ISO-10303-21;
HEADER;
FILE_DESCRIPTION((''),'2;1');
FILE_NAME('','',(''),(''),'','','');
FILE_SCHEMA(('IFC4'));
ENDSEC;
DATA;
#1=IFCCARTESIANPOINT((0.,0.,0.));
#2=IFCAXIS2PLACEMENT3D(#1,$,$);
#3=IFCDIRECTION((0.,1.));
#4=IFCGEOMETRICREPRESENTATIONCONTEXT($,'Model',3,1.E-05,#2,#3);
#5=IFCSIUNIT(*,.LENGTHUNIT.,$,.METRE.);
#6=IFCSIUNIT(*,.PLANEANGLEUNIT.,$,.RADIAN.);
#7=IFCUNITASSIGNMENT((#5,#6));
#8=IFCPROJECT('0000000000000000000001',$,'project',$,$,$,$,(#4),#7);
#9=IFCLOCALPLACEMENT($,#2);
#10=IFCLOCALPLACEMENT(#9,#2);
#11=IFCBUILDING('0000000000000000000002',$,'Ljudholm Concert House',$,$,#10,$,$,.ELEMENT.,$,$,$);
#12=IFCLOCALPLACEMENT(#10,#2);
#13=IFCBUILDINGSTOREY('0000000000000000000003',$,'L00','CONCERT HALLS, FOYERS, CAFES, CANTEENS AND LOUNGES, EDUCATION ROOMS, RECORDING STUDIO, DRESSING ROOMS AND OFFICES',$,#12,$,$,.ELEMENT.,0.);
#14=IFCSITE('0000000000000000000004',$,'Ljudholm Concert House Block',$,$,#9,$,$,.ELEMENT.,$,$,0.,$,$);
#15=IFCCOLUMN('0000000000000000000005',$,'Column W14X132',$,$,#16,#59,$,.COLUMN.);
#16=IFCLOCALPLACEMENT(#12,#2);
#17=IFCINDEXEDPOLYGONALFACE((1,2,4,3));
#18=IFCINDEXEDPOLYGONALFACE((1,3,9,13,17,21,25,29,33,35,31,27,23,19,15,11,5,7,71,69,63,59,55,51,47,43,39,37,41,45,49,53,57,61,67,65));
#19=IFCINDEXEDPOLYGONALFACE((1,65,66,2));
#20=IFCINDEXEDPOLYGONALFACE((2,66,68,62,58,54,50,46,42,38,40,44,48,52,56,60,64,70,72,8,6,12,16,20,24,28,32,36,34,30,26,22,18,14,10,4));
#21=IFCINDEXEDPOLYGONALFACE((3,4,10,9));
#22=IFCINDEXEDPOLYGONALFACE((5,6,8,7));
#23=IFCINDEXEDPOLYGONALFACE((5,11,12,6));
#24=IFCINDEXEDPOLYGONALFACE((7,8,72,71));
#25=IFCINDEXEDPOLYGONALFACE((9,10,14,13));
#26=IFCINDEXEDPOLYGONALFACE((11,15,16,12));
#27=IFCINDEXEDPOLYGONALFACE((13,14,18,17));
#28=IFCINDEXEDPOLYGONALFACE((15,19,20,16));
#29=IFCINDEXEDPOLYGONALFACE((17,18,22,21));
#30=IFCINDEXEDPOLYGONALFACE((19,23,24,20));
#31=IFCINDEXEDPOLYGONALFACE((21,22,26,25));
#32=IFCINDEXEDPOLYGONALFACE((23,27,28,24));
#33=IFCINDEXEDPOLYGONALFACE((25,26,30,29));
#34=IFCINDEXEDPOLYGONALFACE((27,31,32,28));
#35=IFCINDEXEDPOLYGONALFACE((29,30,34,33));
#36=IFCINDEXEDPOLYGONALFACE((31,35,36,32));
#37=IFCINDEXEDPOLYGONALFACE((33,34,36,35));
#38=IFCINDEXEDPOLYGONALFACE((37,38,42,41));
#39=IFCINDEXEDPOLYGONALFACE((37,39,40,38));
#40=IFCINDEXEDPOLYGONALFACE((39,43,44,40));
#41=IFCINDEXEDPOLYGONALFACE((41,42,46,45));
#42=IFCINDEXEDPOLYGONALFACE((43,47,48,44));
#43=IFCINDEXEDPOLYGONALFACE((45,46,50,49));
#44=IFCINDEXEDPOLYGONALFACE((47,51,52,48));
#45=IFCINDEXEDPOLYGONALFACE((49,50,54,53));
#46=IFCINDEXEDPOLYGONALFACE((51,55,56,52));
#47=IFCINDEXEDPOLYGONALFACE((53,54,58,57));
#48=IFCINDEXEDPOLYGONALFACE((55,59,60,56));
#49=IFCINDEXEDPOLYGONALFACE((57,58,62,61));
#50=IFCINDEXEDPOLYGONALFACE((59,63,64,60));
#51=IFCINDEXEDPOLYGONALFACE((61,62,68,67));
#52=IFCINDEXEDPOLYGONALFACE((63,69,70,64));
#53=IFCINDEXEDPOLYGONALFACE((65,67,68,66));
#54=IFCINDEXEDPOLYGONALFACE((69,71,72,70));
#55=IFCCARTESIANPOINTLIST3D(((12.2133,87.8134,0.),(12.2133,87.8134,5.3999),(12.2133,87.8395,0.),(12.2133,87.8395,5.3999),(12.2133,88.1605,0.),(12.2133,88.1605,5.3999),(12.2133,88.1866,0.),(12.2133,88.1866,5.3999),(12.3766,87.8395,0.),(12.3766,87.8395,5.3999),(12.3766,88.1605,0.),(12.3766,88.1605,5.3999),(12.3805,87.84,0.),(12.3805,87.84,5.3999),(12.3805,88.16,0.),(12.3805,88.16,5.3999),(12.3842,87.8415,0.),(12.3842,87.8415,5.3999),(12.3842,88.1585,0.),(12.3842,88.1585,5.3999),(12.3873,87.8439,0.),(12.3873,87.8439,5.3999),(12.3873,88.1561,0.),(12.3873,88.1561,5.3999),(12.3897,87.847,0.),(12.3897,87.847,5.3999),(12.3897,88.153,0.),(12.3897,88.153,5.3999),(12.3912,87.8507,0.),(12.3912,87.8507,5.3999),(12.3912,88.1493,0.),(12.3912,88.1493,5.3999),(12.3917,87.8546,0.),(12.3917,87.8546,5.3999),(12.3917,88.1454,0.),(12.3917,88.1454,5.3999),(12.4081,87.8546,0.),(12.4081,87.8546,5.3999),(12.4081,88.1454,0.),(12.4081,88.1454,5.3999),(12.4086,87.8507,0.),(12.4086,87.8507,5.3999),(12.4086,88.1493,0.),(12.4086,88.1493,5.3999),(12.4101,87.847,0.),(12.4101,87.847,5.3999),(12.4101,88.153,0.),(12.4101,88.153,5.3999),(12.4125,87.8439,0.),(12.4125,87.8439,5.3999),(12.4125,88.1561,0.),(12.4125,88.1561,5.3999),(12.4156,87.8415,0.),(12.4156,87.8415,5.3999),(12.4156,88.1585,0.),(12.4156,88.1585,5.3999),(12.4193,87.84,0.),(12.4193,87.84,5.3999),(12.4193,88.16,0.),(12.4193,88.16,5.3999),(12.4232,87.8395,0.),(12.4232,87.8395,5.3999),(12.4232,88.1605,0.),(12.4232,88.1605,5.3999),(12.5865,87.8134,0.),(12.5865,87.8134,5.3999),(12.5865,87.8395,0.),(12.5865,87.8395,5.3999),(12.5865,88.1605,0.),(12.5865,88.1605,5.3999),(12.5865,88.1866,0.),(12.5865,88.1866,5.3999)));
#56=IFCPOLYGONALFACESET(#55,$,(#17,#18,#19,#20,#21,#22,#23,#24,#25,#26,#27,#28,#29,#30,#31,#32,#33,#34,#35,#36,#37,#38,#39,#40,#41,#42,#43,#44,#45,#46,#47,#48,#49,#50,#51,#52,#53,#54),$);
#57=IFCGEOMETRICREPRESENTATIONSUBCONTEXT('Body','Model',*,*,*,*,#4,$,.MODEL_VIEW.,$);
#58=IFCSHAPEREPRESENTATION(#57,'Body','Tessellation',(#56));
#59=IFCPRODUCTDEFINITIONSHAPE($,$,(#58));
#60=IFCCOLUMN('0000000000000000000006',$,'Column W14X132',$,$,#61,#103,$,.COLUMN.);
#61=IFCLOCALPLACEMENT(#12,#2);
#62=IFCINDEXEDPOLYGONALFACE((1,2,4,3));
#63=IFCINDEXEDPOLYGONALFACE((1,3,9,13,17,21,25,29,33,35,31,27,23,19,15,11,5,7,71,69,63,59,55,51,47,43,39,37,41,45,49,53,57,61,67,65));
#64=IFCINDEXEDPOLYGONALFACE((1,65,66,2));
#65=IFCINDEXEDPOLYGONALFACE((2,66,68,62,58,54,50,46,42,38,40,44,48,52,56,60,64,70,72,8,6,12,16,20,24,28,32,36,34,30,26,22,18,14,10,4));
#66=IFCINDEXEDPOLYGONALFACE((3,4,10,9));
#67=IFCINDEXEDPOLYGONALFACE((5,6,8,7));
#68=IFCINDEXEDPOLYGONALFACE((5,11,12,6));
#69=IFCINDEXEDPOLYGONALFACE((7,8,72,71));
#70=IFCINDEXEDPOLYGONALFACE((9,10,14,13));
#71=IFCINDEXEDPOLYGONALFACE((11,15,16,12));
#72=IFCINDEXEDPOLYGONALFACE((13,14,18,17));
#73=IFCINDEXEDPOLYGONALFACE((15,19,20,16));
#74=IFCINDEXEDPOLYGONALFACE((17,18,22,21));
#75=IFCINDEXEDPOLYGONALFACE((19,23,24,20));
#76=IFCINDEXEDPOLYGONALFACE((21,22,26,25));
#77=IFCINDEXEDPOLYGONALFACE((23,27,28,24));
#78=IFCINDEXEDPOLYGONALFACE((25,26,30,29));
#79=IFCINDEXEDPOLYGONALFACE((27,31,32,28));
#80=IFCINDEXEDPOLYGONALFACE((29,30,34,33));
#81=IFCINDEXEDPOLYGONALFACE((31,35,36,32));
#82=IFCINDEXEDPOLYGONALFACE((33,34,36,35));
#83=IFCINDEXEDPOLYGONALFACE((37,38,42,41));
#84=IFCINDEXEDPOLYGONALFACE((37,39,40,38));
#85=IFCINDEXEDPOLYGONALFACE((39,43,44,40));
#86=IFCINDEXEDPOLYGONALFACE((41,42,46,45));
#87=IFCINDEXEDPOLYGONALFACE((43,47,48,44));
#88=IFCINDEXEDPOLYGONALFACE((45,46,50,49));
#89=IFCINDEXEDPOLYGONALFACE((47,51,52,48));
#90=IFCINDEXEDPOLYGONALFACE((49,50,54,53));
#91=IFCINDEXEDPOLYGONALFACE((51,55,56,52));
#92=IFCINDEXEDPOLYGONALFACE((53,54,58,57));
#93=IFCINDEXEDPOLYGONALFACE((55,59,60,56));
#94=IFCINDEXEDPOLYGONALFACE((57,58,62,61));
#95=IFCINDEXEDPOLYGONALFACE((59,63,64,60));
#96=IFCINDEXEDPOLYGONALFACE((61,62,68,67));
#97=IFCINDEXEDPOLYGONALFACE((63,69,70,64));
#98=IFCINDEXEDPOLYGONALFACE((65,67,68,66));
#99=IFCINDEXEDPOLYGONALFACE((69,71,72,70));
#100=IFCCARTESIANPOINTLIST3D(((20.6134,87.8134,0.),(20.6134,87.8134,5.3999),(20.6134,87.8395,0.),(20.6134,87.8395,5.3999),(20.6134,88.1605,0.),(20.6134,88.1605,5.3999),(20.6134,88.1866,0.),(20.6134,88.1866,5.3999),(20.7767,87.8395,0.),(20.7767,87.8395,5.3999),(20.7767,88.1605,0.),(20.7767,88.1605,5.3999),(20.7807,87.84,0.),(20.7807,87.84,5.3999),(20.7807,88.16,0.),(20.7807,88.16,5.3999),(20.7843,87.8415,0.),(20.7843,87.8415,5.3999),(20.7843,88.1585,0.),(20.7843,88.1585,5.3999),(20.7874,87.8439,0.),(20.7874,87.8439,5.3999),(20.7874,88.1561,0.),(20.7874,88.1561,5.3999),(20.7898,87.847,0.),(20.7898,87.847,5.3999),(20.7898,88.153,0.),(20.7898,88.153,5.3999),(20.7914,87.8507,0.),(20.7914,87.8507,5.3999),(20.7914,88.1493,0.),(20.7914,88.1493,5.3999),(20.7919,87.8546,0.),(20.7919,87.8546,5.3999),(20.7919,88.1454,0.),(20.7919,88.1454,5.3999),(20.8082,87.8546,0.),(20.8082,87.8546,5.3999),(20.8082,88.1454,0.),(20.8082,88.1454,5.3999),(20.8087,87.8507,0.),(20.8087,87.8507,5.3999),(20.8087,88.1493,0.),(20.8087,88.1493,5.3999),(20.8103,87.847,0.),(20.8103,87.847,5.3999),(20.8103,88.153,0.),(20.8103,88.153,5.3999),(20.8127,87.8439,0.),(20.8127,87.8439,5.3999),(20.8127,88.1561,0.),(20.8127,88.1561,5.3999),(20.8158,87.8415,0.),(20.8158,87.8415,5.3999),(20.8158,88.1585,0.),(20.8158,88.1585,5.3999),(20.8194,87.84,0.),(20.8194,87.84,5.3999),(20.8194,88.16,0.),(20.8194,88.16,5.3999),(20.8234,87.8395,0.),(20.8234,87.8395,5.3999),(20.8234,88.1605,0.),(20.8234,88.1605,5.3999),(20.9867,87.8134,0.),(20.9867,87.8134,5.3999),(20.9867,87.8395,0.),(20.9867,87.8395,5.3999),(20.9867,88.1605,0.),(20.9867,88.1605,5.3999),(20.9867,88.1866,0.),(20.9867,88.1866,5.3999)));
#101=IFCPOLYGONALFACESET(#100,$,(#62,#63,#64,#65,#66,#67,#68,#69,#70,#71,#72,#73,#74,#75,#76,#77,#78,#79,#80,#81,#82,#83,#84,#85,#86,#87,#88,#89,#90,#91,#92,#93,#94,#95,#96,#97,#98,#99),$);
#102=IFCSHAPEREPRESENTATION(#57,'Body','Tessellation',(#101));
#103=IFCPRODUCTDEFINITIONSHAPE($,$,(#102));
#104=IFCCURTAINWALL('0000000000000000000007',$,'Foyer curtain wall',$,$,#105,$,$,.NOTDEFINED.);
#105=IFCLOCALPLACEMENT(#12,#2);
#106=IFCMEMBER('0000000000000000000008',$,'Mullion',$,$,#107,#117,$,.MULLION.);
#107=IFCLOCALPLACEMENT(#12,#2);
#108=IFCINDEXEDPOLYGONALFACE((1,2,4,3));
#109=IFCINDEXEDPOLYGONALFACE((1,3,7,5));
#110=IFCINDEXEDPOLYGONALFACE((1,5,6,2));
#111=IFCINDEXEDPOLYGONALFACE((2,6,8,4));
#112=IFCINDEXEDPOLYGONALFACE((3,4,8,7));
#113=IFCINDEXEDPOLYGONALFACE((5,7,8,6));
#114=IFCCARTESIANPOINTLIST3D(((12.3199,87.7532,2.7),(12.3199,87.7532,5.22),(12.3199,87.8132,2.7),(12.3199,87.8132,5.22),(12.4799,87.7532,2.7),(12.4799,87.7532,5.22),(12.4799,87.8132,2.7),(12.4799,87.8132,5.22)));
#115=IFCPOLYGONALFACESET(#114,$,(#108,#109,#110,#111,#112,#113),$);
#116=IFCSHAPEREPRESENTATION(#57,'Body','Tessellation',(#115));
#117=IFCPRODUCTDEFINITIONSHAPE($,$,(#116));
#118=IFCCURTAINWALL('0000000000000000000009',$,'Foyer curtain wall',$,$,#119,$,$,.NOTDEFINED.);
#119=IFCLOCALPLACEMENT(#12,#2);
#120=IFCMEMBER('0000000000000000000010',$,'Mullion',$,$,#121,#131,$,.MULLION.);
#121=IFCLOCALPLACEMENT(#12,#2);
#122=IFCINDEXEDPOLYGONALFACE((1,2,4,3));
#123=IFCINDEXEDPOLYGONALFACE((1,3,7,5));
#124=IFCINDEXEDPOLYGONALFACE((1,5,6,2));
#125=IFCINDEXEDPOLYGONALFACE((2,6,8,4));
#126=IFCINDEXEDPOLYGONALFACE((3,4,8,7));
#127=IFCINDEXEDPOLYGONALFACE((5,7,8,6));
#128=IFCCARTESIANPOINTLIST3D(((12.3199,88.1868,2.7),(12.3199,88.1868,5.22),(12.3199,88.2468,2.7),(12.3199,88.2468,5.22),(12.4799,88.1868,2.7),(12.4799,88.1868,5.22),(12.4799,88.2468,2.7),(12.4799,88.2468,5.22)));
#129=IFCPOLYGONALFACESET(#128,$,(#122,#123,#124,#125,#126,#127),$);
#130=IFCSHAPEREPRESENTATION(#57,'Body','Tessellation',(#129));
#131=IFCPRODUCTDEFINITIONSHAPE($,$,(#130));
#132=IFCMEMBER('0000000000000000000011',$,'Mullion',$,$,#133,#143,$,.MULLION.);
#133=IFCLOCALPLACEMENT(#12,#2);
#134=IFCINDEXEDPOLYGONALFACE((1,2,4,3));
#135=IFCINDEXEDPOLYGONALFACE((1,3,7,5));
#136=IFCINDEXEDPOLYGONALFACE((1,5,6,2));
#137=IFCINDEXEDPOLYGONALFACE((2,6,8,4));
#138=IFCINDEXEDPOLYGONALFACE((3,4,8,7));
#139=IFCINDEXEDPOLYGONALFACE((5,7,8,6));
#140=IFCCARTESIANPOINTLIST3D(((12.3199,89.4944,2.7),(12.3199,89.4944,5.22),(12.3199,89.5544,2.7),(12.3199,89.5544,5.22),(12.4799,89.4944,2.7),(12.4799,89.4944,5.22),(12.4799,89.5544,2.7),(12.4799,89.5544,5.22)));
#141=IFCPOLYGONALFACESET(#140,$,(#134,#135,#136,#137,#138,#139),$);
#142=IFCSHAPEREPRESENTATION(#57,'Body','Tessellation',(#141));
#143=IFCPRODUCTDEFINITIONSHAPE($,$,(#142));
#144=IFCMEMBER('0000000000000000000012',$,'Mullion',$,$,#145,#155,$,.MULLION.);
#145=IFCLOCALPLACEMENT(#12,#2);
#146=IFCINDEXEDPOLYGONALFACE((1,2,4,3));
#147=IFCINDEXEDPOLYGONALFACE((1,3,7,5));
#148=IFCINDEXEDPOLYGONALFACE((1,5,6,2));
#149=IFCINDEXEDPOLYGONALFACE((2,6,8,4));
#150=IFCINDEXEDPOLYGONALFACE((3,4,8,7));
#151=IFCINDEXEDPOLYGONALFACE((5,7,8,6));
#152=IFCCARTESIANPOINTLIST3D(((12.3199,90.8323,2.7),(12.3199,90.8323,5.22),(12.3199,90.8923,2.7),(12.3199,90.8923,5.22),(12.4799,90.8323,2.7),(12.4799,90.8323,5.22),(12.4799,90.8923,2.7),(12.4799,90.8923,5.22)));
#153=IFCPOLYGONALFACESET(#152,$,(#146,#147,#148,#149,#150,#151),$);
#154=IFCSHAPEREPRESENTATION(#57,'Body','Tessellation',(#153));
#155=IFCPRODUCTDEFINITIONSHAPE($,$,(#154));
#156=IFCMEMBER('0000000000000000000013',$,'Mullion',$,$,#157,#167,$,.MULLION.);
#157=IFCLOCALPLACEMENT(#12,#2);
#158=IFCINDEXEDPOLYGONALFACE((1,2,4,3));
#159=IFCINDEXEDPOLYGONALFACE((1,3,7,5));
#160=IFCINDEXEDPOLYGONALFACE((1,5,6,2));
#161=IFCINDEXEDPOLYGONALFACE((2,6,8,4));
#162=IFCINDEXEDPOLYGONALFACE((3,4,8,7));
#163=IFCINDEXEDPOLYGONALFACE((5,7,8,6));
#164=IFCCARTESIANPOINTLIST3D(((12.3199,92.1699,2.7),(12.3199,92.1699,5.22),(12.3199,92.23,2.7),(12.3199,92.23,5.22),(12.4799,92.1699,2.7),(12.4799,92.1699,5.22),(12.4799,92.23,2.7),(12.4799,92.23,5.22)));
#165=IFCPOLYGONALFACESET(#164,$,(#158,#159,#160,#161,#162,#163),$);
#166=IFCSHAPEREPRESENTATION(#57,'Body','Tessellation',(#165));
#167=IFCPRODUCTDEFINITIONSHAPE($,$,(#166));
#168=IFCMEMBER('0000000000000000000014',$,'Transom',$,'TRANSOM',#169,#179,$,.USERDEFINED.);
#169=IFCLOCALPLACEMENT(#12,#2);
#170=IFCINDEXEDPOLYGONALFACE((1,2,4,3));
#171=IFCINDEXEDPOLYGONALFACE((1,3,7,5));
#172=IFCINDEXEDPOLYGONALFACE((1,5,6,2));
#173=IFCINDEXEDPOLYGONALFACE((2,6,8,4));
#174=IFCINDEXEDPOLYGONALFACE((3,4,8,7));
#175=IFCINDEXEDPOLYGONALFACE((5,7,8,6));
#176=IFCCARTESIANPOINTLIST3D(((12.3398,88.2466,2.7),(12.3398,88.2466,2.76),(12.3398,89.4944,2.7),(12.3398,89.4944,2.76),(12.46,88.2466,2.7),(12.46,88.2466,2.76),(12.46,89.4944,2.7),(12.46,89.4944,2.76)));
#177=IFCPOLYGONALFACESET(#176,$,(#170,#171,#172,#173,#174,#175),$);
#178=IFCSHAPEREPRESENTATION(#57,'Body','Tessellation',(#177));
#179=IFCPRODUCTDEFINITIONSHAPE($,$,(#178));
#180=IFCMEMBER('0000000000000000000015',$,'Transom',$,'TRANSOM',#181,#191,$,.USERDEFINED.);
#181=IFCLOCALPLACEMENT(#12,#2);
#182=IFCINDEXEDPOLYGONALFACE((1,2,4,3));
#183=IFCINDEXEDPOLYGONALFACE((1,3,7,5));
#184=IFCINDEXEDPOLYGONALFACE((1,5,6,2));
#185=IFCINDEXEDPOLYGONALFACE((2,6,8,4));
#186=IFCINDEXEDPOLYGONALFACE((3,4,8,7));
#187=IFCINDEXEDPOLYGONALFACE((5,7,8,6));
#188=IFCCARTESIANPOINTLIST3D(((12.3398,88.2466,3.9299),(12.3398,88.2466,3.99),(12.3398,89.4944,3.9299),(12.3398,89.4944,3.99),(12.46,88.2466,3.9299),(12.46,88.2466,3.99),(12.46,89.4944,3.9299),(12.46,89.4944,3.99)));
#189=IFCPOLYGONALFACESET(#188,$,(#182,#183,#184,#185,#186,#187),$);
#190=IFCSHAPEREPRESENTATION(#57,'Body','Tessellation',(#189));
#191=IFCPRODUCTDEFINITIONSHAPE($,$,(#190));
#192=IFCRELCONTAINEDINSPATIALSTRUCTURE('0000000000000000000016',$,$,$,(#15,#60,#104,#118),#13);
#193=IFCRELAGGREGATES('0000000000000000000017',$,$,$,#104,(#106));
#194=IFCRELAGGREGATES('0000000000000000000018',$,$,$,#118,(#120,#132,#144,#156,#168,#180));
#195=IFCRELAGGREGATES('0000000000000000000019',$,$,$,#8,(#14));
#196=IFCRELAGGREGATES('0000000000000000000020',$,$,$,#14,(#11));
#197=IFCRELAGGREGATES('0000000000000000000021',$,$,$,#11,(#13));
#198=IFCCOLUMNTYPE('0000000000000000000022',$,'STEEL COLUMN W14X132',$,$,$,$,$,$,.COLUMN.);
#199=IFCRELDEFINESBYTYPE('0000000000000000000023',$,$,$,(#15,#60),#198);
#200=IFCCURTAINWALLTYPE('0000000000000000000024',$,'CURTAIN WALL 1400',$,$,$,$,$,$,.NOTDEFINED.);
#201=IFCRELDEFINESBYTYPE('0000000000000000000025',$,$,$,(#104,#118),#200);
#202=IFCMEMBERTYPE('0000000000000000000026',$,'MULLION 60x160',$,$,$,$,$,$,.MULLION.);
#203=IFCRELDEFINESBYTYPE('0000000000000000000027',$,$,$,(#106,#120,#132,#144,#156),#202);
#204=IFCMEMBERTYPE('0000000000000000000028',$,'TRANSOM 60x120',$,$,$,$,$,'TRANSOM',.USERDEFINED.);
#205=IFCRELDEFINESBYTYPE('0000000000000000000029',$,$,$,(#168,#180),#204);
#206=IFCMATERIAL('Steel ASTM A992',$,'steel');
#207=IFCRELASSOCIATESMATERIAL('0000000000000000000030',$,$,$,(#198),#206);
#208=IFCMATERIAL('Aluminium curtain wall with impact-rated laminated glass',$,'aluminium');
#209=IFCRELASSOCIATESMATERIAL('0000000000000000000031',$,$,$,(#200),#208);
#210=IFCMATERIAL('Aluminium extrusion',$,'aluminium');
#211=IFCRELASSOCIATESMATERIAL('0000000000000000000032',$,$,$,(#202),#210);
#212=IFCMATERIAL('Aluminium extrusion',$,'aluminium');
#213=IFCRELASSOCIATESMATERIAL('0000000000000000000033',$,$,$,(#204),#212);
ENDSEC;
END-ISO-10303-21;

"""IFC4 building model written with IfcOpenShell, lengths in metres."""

from ifc_helpers import new_model, si_unit, direction, frame, origin, origin_2d, place, context, subcontext, project, spatial, rectangle, i_section, extrude, material, material_profile, profile_set, type_object, element, aggregate, save


model = new_model("IFC4")

# Units and contexts
model_context = context("Model", 3, precision=1e-05, world=origin(), true_north=direction((0.0, 1.0)))
body_context = subcontext(model_context, "Body", "Model", "MODEL_VIEW")
ifc_project = project(units=[si_unit("LENGTHUNIT", "METRE"), si_unit("PLANEANGLEUNIT", "RADIAN")], contexts=[model_context])

# Site, building, storey
site_placement = place(None, origin())
site = spatial("IfcSite", under=ifc_project, at=site_placement, Name="Ljudholm Concert House Block", CompositionType="ELEMENT", RefElevation=0.0)
building_placement = place(site_placement, origin())
building = spatial("IfcBuilding", under=site, at=building_placement, Name="Ljudholm Concert House", CompositionType="ELEMENT")
storey_placement = place(building_placement, origin())
storey = spatial("IfcBuildingStorey", under=building, at=storey_placement, Name="L00", Description="CONCERT HALLS, FOYERS, CAFES, CANTEENS AND LOUNGES, EDUCATION ROOMS, RECORDING STUDIO, DRESSING ROOMS AND OFFICES", CompositionType="ELEMENT", Elevation=0.0)

# Columns
ifc_material_1 = material(Name="Steel ASTM A992", Category="steel")
ifc_material_profile_1 = material_profile(ifc_material_1, i_section(OverallWidth=0.3733, OverallDepth=0.3733, WebThickness=0.0164, FlangeThickness=0.0261, FilletRadius=0.0151, at=origin_2d()), Name="W14X132")
ifc_profile_set_1 = profile_set([ifc_material_profile_1], Name="Steel ASTM A992")
column_type = type_object("IfcColumnType", Name="STEEL COLUMN W14X132", PredefinedType="COLUMN", material=ifc_profile_set_1)
for number, where, z_axis, x_axis, name in (
    (1, (12.3999, 88.0, 0.0), (0.0, 0.0, 1.0), (1.0, 0.0, 0.0), "Column W14X132"),
    (2, (20.8, 88.0, 0.0), (0.0, 0.0, 1.0), (1.0, 0.0, 0.0), "Column W14X132"),
):
    element("IfcColumn", number, at=place(storey_placement, frame(where, z_axis=z_axis, x_axis=x_axis)), inside=storey, type_object=column_type, Name=name, PredefinedType="COLUMN", context=body_context, shape_type="SweptSolid", body=[
        extrude(i_section(OverallWidth=0.3733, OverallDepth=0.3733, WebThickness=0.0164, FlangeThickness=0.0261, FilletRadius=0.0151, at=origin_2d()), origin(), (0.0, 0.0, 1.0), 5.3999),
    ])

# Curtain wall, member
ifc_material_2 = material(Name="Aluminium curtain wall with impact-rated laminated glass", Category="aluminium")
curtain_wall_type = type_object("IfcCurtainWallType", Name="CURTAIN WALL 1400", PredefinedType="NOTDEFINED", material=ifc_material_2)
curtain_wall_1_placement = place(storey_placement, origin())
curtain_wall_1 = element("IfcCurtainWall", 3, at=curtain_wall_1_placement, inside=storey, type_object=curtain_wall_type, Name="Foyer curtain wall", PredefinedType="NOTDEFINED")
ifc_material_3 = material(Name="Aluminium extrusion", Category="aluminium")
ifc_material_profile_2 = material_profile(ifc_material_3, rectangle(XDim=0.1599, YDim=0.0601, at=origin_2d()), Name="MULLION 60x160")
ifc_profile_set_2 = profile_set([ifc_material_profile_2], Name="Aluminium extrusion")
member_type_1 = type_object("IfcMemberType", Name="MULLION 60x160", PredefinedType="MULLION", material=ifc_profile_set_2)
member_1_placement = place(storey_placement, frame((12.3999, 87.7832, 2.7), z_axis=(0.0, 0.0, 1.0), x_axis=(-1.0, 0.0, 0.0)))
member_1 = element("IfcMember", 4, at=member_1_placement, type_object=member_type_1, Name="Mullion", PredefinedType="MULLION", context=body_context, shape_type="SweptSolid", body=[
    extrude(rectangle(XDim=0.1599, YDim=0.0601, at=origin_2d()), origin(), (0.0, 0.0, 1.0), 2.52),
])
aggregate(curtain_wall_1, [member_1])

# Curtain wall, members
curtain_wall_2_placement = place(storey_placement, origin())
curtain_wall_2 = element("IfcCurtainWall", 5, at=curtain_wall_2_placement, inside=storey, type_object=curtain_wall_type, Name="Foyer curtain wall", PredefinedType="NOTDEFINED")
member_2_placement = place(storey_placement, frame((12.3999, 88.2168, 2.7), z_axis=(0.0, 0.0, 1.0), x_axis=(-1.0, 0.0, 0.0)))
member_2 = element("IfcMember", 6, at=member_2_placement, type_object=member_type_1, Name="Mullion", PredefinedType="MULLION", context=body_context, shape_type="SweptSolid", body=[
    extrude(rectangle(XDim=0.1599, YDim=0.0601, at=origin_2d()), origin(), (0.0, 0.0, 1.0), 2.52),
])
member_3_placement = place(storey_placement, frame((12.3999, 89.5244, 2.7), z_axis=(0.0, 0.0, 1.0), x_axis=(-1.0, 0.0, 0.0)))
member_3 = element("IfcMember", 7, at=member_3_placement, type_object=member_type_1, Name="Mullion", PredefinedType="MULLION", context=body_context, shape_type="SweptSolid", body=[
    extrude(rectangle(XDim=0.1599, YDim=0.0601, at=origin_2d()), origin(), (0.0, 0.0, 1.0), 2.52),
])
member_4_placement = place(storey_placement, frame((12.3999, 90.8623, 2.7), z_axis=(0.0, 0.0, 1.0), x_axis=(-1.0, 0.0, 0.0)))
member_4 = element("IfcMember", 8, at=member_4_placement, type_object=member_type_1, Name="Mullion", PredefinedType="MULLION", context=body_context, shape_type="SweptSolid", body=[
    extrude(rectangle(XDim=0.1599, YDim=0.0601, at=origin_2d()), origin(), (0.0, 0.0, 1.0), 2.52),
])
member_5_placement = place(storey_placement, frame((12.3999, 92.2, 2.7), z_axis=(0.0, 0.0, 1.0), x_axis=(-1.0, 0.0, 0.0)))
member_5 = element("IfcMember", 9, at=member_5_placement, type_object=member_type_1, Name="Mullion", PredefinedType="MULLION", context=body_context, shape_type="SweptSolid", body=[
    extrude(rectangle(XDim=0.1599, YDim=0.0601, at=origin_2d()), origin(), (0.0, 0.0, 1.0), 2.52),
])
ifc_material_4 = material(Name="Aluminium extrusion", Category="aluminium")
ifc_material_profile_3 = material_profile(ifc_material_4, rectangle(XDim=0.1201, YDim=0.0601, at=origin_2d()), Name="TRANSOM 60x120")
ifc_profile_set_3 = profile_set([ifc_material_profile_3], Name="Aluminium extrusion")
member_type_2 = type_object("IfcMemberType", Name="TRANSOM 60x120", ElementType="TRANSOM", PredefinedType="USERDEFINED", material=ifc_profile_set_3)
member_6_placement = place(storey_placement, frame((12.3999, 88.2466, 2.73), z_axis=(0.0, 1.0, 0.0), x_axis=(-1.0, 0.0, 0.0)))
member_6 = element("IfcMember", 10, at=member_6_placement, type_object=member_type_2, Name="Transom", ObjectType="TRANSOM", PredefinedType="USERDEFINED", context=body_context, shape_type="SweptSolid", body=[
    extrude(rectangle(XDim=0.1201, YDim=0.0601, at=origin_2d()), origin(), (0.0, 0.0, 1.0), 1.2478),
])
member_7_placement = place(storey_placement, frame((12.3999, 88.2466, 3.96), z_axis=(0.0, 1.0, 0.0), x_axis=(-1.0, 0.0, 0.0)))
member_7 = element("IfcMember", 11, at=member_7_placement, type_object=member_type_2, Name="Transom", ObjectType="TRANSOM", PredefinedType="USERDEFINED", context=body_context, shape_type="SweptSolid", body=[
    extrude(rectangle(XDim=0.1201, YDim=0.0601, at=origin_2d()), origin(), (0.0, 0.0, 1.0), 1.2478),
])
aggregate(curtain_wall_2, [member_2, member_3, member_4, member_5, member_6, member_7])

save(model, "model.ifc")
